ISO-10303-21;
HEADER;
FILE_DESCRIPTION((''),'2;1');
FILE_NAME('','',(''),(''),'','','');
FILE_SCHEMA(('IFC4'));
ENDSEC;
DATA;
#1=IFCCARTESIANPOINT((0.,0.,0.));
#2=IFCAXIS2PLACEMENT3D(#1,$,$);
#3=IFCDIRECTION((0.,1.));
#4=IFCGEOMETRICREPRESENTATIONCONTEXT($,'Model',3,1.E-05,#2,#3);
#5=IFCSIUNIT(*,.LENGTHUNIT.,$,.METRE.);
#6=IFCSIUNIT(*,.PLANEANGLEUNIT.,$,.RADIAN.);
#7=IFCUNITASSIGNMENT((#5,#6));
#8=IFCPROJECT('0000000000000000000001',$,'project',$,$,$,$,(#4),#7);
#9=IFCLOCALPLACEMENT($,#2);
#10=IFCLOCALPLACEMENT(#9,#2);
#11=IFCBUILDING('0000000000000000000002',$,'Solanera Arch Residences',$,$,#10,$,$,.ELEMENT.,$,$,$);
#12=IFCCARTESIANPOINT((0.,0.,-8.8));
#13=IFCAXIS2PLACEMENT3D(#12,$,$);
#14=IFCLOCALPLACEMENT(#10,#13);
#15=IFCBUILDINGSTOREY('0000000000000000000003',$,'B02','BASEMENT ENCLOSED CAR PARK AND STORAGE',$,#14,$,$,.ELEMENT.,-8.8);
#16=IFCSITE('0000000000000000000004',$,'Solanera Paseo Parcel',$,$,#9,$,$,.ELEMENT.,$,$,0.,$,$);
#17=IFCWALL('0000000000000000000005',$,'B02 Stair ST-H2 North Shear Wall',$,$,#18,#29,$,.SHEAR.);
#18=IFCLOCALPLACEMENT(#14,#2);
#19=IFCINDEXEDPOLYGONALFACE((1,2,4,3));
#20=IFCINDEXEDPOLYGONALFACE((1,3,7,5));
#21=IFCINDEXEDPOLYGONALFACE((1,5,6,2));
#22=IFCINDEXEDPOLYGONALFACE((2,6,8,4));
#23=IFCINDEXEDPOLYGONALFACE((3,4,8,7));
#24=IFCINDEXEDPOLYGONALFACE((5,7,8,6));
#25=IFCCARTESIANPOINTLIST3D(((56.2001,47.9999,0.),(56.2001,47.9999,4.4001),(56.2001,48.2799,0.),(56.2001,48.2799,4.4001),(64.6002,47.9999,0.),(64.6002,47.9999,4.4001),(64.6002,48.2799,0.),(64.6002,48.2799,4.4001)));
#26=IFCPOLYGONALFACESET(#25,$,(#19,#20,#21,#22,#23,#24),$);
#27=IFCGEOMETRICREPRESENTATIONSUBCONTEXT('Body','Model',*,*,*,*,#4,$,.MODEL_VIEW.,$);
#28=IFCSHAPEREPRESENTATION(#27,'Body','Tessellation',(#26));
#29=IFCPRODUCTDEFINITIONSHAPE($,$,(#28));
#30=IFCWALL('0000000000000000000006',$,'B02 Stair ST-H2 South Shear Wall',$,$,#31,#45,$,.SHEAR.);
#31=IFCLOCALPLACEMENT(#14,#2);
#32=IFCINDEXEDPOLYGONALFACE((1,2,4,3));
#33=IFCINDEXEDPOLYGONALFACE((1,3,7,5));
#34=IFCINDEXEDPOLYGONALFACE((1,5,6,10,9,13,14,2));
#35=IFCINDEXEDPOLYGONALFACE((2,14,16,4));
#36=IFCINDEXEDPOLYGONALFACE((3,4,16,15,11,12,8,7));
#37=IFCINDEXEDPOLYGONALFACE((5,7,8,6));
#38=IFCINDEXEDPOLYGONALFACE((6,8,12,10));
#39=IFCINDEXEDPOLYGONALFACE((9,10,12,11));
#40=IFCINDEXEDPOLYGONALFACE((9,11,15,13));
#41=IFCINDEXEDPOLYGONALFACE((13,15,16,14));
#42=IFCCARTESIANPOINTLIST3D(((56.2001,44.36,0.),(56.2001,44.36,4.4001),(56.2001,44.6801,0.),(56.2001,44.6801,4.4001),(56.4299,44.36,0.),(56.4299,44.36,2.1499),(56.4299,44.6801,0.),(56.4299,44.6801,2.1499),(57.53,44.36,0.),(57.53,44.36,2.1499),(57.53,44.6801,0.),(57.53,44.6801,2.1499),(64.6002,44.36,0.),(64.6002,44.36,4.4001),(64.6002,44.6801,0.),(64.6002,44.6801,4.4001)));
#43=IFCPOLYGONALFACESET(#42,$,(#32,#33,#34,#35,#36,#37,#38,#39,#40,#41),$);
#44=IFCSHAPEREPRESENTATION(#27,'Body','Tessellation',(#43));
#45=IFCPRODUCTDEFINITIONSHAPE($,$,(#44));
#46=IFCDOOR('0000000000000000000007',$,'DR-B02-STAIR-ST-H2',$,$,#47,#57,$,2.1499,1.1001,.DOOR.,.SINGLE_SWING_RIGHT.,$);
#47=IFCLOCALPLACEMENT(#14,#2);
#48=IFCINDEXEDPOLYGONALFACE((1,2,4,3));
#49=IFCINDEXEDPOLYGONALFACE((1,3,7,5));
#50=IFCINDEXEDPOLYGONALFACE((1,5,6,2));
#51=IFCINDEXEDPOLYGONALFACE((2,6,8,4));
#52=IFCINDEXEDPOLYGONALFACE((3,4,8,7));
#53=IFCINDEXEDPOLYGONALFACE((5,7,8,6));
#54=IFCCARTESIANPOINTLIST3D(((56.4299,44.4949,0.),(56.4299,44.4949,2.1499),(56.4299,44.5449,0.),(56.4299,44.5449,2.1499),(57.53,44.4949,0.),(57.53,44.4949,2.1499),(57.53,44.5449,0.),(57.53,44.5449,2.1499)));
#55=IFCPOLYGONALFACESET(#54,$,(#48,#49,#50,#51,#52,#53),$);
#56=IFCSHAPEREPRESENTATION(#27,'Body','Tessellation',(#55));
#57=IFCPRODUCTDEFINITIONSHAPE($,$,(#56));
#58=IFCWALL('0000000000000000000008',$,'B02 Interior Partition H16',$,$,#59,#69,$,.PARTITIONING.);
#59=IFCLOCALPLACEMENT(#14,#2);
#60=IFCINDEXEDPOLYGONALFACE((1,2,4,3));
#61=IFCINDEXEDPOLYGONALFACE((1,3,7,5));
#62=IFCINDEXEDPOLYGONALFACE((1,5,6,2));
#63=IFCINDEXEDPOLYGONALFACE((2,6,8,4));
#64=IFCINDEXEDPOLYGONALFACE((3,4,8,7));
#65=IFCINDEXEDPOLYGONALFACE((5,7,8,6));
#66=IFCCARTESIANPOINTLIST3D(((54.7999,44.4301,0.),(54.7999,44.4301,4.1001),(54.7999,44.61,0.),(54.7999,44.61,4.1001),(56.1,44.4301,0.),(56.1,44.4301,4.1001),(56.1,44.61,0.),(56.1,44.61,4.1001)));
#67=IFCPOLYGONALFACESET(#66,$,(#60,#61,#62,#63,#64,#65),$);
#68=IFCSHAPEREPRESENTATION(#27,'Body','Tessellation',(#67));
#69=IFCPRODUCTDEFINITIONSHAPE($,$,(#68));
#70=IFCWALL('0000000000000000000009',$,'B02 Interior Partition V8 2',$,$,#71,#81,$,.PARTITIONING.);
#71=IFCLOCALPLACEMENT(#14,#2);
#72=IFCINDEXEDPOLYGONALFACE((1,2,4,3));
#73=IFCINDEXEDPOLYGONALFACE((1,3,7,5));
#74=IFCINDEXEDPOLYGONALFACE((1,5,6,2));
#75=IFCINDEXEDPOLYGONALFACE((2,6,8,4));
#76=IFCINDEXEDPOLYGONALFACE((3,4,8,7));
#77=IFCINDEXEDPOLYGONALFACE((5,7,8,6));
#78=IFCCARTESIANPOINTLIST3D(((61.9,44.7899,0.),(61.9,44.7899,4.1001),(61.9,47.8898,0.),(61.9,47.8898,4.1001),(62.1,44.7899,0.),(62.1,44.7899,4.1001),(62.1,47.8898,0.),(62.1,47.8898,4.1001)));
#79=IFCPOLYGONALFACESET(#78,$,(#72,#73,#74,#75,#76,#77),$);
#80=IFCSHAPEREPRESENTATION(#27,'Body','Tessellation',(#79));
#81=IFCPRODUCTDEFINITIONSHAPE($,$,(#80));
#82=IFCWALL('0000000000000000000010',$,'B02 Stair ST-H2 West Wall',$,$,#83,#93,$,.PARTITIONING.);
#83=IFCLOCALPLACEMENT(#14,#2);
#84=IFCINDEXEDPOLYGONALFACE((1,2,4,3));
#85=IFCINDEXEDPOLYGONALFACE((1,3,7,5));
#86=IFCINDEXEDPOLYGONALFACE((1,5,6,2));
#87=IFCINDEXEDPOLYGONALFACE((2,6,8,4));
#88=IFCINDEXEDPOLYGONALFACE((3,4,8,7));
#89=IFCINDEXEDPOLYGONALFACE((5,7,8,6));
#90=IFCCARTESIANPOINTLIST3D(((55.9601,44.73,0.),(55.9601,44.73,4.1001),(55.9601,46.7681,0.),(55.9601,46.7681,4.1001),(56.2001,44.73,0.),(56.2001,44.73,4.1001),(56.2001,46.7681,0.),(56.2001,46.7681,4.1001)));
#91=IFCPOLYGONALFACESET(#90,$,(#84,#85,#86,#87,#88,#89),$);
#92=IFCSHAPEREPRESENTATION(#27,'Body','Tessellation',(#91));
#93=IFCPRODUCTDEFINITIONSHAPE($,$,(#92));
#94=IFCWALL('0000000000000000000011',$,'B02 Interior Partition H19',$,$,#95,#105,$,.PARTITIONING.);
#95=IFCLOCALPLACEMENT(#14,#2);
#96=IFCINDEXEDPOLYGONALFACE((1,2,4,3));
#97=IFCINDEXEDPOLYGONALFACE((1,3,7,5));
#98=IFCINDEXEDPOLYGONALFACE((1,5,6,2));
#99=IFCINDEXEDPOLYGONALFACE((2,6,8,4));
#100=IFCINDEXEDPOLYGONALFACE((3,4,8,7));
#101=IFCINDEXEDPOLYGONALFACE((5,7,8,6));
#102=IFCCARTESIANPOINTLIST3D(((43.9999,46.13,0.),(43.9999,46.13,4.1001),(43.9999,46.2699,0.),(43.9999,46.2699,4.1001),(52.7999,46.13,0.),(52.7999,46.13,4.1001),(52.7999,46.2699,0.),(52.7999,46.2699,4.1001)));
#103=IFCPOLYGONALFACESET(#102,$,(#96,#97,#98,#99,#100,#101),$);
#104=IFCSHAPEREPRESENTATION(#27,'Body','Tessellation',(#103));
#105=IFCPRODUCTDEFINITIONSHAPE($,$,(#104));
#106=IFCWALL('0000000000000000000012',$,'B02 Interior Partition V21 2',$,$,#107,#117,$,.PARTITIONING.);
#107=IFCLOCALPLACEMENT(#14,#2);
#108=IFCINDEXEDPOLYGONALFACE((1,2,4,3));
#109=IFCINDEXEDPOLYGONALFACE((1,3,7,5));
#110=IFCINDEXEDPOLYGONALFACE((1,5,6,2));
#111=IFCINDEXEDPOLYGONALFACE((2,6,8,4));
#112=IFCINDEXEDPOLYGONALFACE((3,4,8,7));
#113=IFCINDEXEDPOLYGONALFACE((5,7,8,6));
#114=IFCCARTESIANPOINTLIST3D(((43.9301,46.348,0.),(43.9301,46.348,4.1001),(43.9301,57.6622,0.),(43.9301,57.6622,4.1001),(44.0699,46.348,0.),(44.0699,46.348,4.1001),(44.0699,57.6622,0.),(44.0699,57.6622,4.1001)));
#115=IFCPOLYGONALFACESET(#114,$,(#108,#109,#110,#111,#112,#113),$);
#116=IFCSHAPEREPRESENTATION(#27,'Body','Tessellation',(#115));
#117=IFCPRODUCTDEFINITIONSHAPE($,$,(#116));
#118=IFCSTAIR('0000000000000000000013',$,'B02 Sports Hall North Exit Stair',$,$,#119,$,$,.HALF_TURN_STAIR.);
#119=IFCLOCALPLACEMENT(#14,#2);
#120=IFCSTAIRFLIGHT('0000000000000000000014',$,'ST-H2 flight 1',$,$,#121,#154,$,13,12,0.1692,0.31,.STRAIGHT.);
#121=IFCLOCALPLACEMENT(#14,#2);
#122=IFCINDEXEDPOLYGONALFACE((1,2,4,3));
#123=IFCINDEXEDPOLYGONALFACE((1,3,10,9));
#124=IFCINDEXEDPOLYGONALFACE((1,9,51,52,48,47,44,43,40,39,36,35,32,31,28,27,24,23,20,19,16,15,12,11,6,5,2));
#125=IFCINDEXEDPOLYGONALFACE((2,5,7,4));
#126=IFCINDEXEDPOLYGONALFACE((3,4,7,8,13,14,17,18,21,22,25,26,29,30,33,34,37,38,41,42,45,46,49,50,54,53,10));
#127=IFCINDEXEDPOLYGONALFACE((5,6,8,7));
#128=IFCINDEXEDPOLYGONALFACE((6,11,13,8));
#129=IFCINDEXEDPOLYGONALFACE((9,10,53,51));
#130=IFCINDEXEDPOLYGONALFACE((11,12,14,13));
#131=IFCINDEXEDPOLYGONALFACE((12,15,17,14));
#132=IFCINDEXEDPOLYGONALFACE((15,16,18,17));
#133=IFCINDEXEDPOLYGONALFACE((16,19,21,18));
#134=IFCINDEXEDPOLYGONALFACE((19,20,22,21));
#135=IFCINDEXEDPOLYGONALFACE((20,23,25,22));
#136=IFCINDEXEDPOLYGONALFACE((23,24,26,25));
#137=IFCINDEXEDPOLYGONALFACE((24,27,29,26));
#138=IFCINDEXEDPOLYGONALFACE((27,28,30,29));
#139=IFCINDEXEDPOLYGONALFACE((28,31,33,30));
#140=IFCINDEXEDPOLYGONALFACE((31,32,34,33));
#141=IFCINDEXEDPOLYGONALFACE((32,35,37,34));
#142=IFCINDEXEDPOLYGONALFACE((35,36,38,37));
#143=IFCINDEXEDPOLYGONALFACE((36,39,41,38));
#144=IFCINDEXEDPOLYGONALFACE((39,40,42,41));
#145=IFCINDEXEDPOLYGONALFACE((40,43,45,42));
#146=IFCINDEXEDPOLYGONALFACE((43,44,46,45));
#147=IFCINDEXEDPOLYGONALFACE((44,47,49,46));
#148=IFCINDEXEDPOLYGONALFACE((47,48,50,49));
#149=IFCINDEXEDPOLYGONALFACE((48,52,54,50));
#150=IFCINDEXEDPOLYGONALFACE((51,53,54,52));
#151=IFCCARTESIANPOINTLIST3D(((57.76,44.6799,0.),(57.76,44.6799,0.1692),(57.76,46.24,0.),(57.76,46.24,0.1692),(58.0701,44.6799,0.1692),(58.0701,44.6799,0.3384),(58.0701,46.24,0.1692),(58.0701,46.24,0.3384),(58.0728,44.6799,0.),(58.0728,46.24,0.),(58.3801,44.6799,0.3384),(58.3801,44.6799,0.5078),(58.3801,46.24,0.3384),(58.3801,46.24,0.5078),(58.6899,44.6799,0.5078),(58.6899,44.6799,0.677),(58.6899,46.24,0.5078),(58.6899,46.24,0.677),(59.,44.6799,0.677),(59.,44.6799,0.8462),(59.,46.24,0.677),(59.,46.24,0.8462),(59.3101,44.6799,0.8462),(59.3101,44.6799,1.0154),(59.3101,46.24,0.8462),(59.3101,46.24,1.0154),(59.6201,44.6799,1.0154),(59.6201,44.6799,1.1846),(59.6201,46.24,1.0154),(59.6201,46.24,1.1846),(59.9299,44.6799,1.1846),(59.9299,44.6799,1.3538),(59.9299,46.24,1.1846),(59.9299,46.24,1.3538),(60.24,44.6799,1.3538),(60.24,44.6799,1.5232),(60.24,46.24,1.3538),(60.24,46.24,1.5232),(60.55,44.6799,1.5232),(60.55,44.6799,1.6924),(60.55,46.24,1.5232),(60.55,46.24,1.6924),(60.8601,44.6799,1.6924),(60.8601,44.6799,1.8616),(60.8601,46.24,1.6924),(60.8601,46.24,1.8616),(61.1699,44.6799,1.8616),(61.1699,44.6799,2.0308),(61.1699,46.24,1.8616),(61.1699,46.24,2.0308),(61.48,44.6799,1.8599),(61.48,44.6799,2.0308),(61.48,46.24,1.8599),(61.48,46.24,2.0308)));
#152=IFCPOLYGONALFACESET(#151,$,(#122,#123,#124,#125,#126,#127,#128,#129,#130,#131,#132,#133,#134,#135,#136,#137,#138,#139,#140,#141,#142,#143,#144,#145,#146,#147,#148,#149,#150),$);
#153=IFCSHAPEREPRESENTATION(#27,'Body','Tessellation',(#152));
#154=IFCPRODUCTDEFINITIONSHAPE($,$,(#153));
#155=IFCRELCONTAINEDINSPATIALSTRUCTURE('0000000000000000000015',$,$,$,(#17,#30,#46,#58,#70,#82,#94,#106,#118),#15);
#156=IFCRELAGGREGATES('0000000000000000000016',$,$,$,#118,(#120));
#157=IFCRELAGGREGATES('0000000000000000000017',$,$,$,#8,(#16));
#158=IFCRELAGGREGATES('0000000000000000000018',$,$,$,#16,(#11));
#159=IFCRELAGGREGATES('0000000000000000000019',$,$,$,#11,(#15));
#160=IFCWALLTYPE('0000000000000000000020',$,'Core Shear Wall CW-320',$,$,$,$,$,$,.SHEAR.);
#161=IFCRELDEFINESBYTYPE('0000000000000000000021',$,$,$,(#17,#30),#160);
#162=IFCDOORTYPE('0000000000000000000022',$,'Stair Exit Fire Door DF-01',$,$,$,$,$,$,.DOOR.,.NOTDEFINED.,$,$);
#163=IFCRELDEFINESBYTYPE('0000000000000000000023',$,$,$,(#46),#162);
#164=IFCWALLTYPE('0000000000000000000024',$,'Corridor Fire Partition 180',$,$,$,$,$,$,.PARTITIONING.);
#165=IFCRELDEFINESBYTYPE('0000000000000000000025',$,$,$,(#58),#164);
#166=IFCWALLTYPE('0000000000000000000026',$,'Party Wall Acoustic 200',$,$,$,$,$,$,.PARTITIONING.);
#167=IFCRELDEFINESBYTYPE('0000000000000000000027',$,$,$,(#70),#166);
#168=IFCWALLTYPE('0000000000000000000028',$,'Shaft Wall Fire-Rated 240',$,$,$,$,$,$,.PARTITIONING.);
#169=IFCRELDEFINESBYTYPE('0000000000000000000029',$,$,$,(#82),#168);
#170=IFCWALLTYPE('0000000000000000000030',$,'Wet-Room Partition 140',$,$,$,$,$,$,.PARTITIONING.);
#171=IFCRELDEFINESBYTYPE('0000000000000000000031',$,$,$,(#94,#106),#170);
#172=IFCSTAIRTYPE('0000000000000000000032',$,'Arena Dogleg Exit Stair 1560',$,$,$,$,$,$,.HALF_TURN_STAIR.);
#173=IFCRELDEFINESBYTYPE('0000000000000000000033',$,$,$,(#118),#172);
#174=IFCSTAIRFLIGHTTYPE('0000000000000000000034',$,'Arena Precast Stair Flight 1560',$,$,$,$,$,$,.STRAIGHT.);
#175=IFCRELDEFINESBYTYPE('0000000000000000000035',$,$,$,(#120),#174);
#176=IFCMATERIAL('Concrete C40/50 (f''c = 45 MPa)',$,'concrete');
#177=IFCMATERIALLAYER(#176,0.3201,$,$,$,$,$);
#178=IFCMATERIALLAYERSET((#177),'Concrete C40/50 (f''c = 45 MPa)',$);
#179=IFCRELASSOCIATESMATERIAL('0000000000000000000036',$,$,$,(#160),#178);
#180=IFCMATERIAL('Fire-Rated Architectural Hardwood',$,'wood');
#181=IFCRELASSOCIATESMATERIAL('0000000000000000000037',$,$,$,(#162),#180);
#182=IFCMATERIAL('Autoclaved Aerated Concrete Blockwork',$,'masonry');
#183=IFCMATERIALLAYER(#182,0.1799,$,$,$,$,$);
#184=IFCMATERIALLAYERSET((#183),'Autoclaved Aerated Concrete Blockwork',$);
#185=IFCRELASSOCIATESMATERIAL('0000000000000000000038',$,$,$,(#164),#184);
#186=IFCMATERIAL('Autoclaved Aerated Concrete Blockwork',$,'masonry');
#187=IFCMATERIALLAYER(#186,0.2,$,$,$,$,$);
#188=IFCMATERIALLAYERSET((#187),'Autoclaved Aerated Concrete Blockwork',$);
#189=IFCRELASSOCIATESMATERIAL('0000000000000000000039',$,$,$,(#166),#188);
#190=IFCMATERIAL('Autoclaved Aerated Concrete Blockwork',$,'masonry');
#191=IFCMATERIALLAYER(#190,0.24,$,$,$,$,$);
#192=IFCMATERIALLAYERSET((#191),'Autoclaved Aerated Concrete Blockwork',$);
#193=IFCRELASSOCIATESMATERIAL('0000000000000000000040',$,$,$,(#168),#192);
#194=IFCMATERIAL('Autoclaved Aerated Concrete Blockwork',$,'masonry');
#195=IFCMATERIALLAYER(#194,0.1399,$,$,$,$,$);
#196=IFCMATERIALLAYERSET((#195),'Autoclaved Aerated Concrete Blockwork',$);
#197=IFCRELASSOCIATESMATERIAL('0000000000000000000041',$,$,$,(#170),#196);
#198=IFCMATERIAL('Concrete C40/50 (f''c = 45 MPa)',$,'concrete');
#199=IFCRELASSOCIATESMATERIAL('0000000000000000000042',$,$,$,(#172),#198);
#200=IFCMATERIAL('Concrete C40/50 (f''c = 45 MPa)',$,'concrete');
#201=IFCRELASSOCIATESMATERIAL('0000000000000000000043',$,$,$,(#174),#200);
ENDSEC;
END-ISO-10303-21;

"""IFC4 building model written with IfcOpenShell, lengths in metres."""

from ifc_helpers import new_model, si_unit, direction, frame, frame_2d, origin, place, context, subcontext, project, spatial, polyline, rectangle, outline, extrude, material, layer, layer_set, type_object, element, fill, aggregate, save


model = new_model("IFC4")

# Units and contexts
model_context = context("Model", 3, precision=1e-05, world=origin(), true_north=direction((0.0, 1.0)))
body_context = subcontext(model_context, "Body", "Model", "MODEL_VIEW")
ifc_project = project(units=[si_unit("LENGTHUNIT", "METRE"), si_unit("PLANEANGLEUNIT", "RADIAN")], contexts=[model_context])

# Site, building, storey
site_placement = place(None, origin())
site = spatial("IfcSite", under=ifc_project, at=site_placement, Name="Solanera Paseo Parcel", CompositionType="ELEMENT", RefElevation=0.0)
building_placement = place(site_placement, origin())
building = spatial("IfcBuilding", under=site, at=building_placement, Name="Solanera Arch Residences", CompositionType="ELEMENT")
storey_placement = place(building_placement, frame((0.0, 0.0, -8.8)))
storey = spatial("IfcBuildingStorey", under=building, at=storey_placement, Name="B02", Description="BASEMENT ENCLOSED CAR PARK AND STORAGE", CompositionType="ELEMENT", Elevation=-8.8)

# Wall
ifc_material_1 = material(Name="Concrete C40/50 (f'c = 45 MPa)", Category="concrete")
ifc_layer_1 = layer(ifc_material_1, 0.3201)
ifc_layer_set_1 = layer_set([ifc_layer_1], Name="Concrete C40/50 (f'c = 45 MPa)")
wall_type_1 = type_object("IfcWallType", Name="Core Shear Wall CW-320", PredefinedType="SHEAR", material=ifc_layer_set_1)
wall_1_placement = place(storey_placement, frame((56.2, 48.1399, 0.0), z_axis=(0.0, 0.0, 1.0), x_axis=(1.0, 0.0, 0.0)))
element("IfcWall", 1, at=wall_1_placement, inside=storey, type_object=wall_type_1, Name="B02 Stair ST-H2 North Shear Wall", PredefinedType="SHEAR", context=body_context, shape_type="SweptSolid", body=[
    extrude(rectangle(XDim=8.4001, YDim=0.28, at=frame_2d((4.2002, 0.0))), origin(), (0.0, 0.0, 1.0), 4.4001),
])

# Wall, opening, door
wall_2_placement = place(storey_placement, frame((56.2, 44.52, 0.0), z_axis=(0.0, 0.0, 1.0), x_axis=(1.0, 0.0, 0.0)))
wall_2 = element("IfcWall", 2, at=wall_2_placement, inside=storey, type_object=wall_type_1, Name="B02 Stair ST-H2 South Shear Wall", PredefinedType="SHEAR", context=body_context, shape_type="SweptSolid", body=[
    extrude(rectangle(XDim=8.4001, YDim=0.3201, at=frame_2d((4.2002, 0.0))), origin(), (0.0, 0.0, 1.0), 4.4001),
])
opening_placement = place(wall_2_placement, frame((0.23, 0.0, 0.0)))
opening = element("IfcOpeningElement", 3, at=opening_placement, cuts=wall_2, PredefinedType="OPENING", context=body_context, shape_type="SweptSolid", body=[
    extrude(rectangle(XDim=1.1001, YDim=2.1499, at=frame_2d((0.55, 1.075))), frame((0.0, 0.1699, 0.0), z_axis=(0.0, -1.0, 0.0), x_axis=(1.0, 0.0, 0.0)), (0.0, 0.0, 1.0), 0.3401),
])
ifc_material_2 = material(Name="Fire-Rated Architectural Hardwood", Category="wood")
door_type = type_object("IfcDoorType", Name="Stair Exit Fire Door DF-01", OperationType="NOTDEFINED", PredefinedType="DOOR", material=ifc_material_2)
door_placement = place(opening_placement, origin())
door = element("IfcDoor", 4, at=door_placement, inside=storey, type_object=door_type, Name="DR-B02-STAIR-ST-H2", OperationType="SINGLE_SWING_RIGHT", OverallHeight=2.1499, OverallWidth=1.1001, PredefinedType="DOOR", context=body_context, shape_type="SweptSolid", body=[
    extrude(rectangle(XDim=1.1001, YDim=2.1499, at=frame_2d((0.55, 1.075))), frame((0.0, 0.0249, 0.0), z_axis=(0.0, -1.0, 0.0), x_axis=(1.0, 0.0, 0.0)), (0.0, 0.0, 1.0), 0.05),
])
fill(opening, door)

# Walls
ifc_material_3 = material(Name="Autoclaved Aerated Concrete Blockwork", Category="masonry")
ifc_layer_2 = layer(ifc_material_3, 0.1799)
ifc_layer_set_2 = layer_set([ifc_layer_2], Name="Autoclaved Aerated Concrete Blockwork")
wall_type_2 = type_object("IfcWallType", Name="Corridor Fire Partition 180", PredefinedType="PARTITIONING", material=ifc_layer_set_2)
wall_3_placement = place(storey_placement, frame((54.8, 44.52, 0.0), z_axis=(0.0, 0.0, 1.0), x_axis=(1.0, 0.0, 0.0)))
element("IfcWall", 5, at=wall_3_placement, inside=storey, type_object=wall_type_2, Name="B02 Interior Partition H16", PredefinedType="PARTITIONING", context=body_context, shape_type="SweptSolid", body=[
    extrude(rectangle(XDim=1.3, YDim=0.1799, at=frame_2d((0.6499, 0.0))), origin(), (0.0, 0.0, 1.0), 4.1001),
])
ifc_material_4 = material(Name="Autoclaved Aerated Concrete Blockwork", Category="masonry")
ifc_layer_3 = layer(ifc_material_4, 0.2)
ifc_layer_set_3 = layer_set([ifc_layer_3], Name="Autoclaved Aerated Concrete Blockwork")
wall_type_3 = type_object("IfcWallType", Name="Party Wall Acoustic 200", PredefinedType="PARTITIONING", material=ifc_layer_set_3)
wall_4_placement = place(storey_placement, frame((62.0, 44.79, 0.0), z_axis=(0.0, 0.0, 1.0), x_axis=(0.0, 1.0, 0.0)))
element("IfcWall", 6, at=wall_4_placement, inside=storey, type_object=wall_type_3, Name="B02 Interior Partition V8 2", PredefinedType="PARTITIONING", context=body_context, shape_type="SweptSolid", body=[
    extrude(rectangle(XDim=3.0999, YDim=0.2, at=frame_2d((1.5498, 0.0))), origin(), (0.0, 0.0, 1.0), 4.1001),
])
ifc_material_5 = material(Name="Autoclaved Aerated Concrete Blockwork", Category="masonry")
ifc_layer_4 = layer(ifc_material_5, 0.24)
ifc_layer_set_4 = layer_set([ifc_layer_4], Name="Autoclaved Aerated Concrete Blockwork")
wall_type_4 = type_object("IfcWallType", Name="Shaft Wall Fire-Rated 240", PredefinedType="PARTITIONING", material=ifc_layer_set_4)
wall_5_placement = place(storey_placement, frame((56.0801, 44.73, 0.0), z_axis=(0.0, 0.0, 1.0), x_axis=(0.0, 1.0, 0.0)))
element("IfcWall", 7, at=wall_5_placement, inside=storey, type_object=wall_type_4, Name="B02 Stair ST-H2 West Wall", PredefinedType="PARTITIONING", context=body_context, shape_type="SweptSolid", body=[
    extrude(rectangle(XDim=2.0381, YDim=0.24, at=frame_2d((1.019, 0.0))), origin(), (0.0, 0.0, 1.0), 4.1001),
])
ifc_material_6 = material(Name="Autoclaved Aerated Concrete Blockwork", Category="masonry")
ifc_layer_5 = layer(ifc_material_6, 0.1399)
ifc_layer_set_5 = layer_set([ifc_layer_5], Name="Autoclaved Aerated Concrete Blockwork")
wall_type_5 = type_object("IfcWallType", Name="Wet-Room Partition 140", PredefinedType="PARTITIONING", material=ifc_layer_set_5)
wall_6_placement = place(storey_placement, frame((44.0, 46.2, 0.0), z_axis=(0.0, 0.0, 1.0), x_axis=(1.0, 0.0, 0.0)))
element("IfcWall", 8, at=wall_6_placement, inside=storey, type_object=wall_type_5, Name="B02 Interior Partition H19", PredefinedType="PARTITIONING", context=body_context, shape_type="SweptSolid", body=[
    extrude(rectangle(XDim=8.8, YDim=0.1399, at=frame_2d((4.3999, 0.0))), origin(), (0.0, 0.0, 1.0), 4.1001),
])
wall_7_placement = place(storey_placement, frame((44.0, 46.3479, 0.0), z_axis=(0.0, 0.0, 1.0), x_axis=(0.0, 1.0, 0.0)))
element("IfcWall", 9, at=wall_7_placement, inside=storey, type_object=wall_type_5, Name="B02 Interior Partition V21 2", PredefinedType="PARTITIONING", context=body_context, shape_type="SweptSolid", body=[
    extrude(rectangle(XDim=11.3142, YDim=0.1399, at=frame_2d((5.6572, 0.0))), origin(), (0.0, 0.0, 1.0), 4.1001),
])

# Stair, stair flight
ifc_material_7 = material(Name="Concrete C40/50 (f'c = 45 MPa)", Category="concrete")
stair_type = type_object("IfcStairType", Name="Arena Dogleg Exit Stair 1560", PredefinedType="HALF_TURN_STAIR", material=ifc_material_7)
stair_placement = place(storey_placement, origin())
stair = element("IfcStair", 10, at=stair_placement, inside=storey, type_object=stair_type, Name="B02 Sports Hall North Exit Stair", PredefinedType="HALF_TURN_STAIR")
ifc_material_8 = material(Name="Concrete C40/50 (f'c = 45 MPa)", Category="concrete")
stair_flight_type = type_object("IfcStairFlightType", Name="Arena Precast Stair Flight 1560", PredefinedType="STRAIGHT", material=ifc_material_8)
stair_flight_1_placement = place(storey_placement, frame((57.76, 45.46, 0.0), z_axis=(0.0, 0.0, 1.0), x_axis=(1.0, 0.0, 0.0)))
stair_flight_1 = element("IfcStairFlight", 11, at=stair_flight_1_placement, type_object=stair_flight_type, Name="ST-H2 flight 1", NumberOfRisers=13, NumberOfTreads=12, PredefinedType="STRAIGHT", RiserHeight=0.1692, TreadLength=0.31, context=body_context, shape_type="SweptSolid", body=[
    extrude(outline(polyline([(0.0, 0.0), (0.0, 0.1692), (0.3101, 0.1692), (0.3101, 0.3384), (0.6201, 0.3384), (0.6201, 0.5078), (0.9299, 0.5078), (0.9299, 0.677), (1.24, 0.677), (1.24, 0.8462), (1.55, 0.8462), (1.55, 1.0154), (1.8601, 1.0154), (1.8601, 1.1846), (2.1699, 1.1846), (2.1699, 1.3538), (2.48, 1.3538), (2.48, 1.5232), (2.79, 1.5232), (2.79, 1.6924), (3.1001, 1.6924), (3.1001, 1.8616), (3.4099, 1.8616), (3.4099, 2.0308), (3.72, 2.0308), (3.72, 2.2), (3.72, 1.8599), (0.3127, 0.0), (0.0, 0.0)])), frame((0.0, 0.78, 0.0), z_axis=(0.0, -1.0, 0.0), x_axis=(1.0, 0.0, 0.0)), (0.0, 0.0, 1.0), 1.5601),
])
aggregate(stair, [stair_flight_1])

save(model, "model.ifc")
